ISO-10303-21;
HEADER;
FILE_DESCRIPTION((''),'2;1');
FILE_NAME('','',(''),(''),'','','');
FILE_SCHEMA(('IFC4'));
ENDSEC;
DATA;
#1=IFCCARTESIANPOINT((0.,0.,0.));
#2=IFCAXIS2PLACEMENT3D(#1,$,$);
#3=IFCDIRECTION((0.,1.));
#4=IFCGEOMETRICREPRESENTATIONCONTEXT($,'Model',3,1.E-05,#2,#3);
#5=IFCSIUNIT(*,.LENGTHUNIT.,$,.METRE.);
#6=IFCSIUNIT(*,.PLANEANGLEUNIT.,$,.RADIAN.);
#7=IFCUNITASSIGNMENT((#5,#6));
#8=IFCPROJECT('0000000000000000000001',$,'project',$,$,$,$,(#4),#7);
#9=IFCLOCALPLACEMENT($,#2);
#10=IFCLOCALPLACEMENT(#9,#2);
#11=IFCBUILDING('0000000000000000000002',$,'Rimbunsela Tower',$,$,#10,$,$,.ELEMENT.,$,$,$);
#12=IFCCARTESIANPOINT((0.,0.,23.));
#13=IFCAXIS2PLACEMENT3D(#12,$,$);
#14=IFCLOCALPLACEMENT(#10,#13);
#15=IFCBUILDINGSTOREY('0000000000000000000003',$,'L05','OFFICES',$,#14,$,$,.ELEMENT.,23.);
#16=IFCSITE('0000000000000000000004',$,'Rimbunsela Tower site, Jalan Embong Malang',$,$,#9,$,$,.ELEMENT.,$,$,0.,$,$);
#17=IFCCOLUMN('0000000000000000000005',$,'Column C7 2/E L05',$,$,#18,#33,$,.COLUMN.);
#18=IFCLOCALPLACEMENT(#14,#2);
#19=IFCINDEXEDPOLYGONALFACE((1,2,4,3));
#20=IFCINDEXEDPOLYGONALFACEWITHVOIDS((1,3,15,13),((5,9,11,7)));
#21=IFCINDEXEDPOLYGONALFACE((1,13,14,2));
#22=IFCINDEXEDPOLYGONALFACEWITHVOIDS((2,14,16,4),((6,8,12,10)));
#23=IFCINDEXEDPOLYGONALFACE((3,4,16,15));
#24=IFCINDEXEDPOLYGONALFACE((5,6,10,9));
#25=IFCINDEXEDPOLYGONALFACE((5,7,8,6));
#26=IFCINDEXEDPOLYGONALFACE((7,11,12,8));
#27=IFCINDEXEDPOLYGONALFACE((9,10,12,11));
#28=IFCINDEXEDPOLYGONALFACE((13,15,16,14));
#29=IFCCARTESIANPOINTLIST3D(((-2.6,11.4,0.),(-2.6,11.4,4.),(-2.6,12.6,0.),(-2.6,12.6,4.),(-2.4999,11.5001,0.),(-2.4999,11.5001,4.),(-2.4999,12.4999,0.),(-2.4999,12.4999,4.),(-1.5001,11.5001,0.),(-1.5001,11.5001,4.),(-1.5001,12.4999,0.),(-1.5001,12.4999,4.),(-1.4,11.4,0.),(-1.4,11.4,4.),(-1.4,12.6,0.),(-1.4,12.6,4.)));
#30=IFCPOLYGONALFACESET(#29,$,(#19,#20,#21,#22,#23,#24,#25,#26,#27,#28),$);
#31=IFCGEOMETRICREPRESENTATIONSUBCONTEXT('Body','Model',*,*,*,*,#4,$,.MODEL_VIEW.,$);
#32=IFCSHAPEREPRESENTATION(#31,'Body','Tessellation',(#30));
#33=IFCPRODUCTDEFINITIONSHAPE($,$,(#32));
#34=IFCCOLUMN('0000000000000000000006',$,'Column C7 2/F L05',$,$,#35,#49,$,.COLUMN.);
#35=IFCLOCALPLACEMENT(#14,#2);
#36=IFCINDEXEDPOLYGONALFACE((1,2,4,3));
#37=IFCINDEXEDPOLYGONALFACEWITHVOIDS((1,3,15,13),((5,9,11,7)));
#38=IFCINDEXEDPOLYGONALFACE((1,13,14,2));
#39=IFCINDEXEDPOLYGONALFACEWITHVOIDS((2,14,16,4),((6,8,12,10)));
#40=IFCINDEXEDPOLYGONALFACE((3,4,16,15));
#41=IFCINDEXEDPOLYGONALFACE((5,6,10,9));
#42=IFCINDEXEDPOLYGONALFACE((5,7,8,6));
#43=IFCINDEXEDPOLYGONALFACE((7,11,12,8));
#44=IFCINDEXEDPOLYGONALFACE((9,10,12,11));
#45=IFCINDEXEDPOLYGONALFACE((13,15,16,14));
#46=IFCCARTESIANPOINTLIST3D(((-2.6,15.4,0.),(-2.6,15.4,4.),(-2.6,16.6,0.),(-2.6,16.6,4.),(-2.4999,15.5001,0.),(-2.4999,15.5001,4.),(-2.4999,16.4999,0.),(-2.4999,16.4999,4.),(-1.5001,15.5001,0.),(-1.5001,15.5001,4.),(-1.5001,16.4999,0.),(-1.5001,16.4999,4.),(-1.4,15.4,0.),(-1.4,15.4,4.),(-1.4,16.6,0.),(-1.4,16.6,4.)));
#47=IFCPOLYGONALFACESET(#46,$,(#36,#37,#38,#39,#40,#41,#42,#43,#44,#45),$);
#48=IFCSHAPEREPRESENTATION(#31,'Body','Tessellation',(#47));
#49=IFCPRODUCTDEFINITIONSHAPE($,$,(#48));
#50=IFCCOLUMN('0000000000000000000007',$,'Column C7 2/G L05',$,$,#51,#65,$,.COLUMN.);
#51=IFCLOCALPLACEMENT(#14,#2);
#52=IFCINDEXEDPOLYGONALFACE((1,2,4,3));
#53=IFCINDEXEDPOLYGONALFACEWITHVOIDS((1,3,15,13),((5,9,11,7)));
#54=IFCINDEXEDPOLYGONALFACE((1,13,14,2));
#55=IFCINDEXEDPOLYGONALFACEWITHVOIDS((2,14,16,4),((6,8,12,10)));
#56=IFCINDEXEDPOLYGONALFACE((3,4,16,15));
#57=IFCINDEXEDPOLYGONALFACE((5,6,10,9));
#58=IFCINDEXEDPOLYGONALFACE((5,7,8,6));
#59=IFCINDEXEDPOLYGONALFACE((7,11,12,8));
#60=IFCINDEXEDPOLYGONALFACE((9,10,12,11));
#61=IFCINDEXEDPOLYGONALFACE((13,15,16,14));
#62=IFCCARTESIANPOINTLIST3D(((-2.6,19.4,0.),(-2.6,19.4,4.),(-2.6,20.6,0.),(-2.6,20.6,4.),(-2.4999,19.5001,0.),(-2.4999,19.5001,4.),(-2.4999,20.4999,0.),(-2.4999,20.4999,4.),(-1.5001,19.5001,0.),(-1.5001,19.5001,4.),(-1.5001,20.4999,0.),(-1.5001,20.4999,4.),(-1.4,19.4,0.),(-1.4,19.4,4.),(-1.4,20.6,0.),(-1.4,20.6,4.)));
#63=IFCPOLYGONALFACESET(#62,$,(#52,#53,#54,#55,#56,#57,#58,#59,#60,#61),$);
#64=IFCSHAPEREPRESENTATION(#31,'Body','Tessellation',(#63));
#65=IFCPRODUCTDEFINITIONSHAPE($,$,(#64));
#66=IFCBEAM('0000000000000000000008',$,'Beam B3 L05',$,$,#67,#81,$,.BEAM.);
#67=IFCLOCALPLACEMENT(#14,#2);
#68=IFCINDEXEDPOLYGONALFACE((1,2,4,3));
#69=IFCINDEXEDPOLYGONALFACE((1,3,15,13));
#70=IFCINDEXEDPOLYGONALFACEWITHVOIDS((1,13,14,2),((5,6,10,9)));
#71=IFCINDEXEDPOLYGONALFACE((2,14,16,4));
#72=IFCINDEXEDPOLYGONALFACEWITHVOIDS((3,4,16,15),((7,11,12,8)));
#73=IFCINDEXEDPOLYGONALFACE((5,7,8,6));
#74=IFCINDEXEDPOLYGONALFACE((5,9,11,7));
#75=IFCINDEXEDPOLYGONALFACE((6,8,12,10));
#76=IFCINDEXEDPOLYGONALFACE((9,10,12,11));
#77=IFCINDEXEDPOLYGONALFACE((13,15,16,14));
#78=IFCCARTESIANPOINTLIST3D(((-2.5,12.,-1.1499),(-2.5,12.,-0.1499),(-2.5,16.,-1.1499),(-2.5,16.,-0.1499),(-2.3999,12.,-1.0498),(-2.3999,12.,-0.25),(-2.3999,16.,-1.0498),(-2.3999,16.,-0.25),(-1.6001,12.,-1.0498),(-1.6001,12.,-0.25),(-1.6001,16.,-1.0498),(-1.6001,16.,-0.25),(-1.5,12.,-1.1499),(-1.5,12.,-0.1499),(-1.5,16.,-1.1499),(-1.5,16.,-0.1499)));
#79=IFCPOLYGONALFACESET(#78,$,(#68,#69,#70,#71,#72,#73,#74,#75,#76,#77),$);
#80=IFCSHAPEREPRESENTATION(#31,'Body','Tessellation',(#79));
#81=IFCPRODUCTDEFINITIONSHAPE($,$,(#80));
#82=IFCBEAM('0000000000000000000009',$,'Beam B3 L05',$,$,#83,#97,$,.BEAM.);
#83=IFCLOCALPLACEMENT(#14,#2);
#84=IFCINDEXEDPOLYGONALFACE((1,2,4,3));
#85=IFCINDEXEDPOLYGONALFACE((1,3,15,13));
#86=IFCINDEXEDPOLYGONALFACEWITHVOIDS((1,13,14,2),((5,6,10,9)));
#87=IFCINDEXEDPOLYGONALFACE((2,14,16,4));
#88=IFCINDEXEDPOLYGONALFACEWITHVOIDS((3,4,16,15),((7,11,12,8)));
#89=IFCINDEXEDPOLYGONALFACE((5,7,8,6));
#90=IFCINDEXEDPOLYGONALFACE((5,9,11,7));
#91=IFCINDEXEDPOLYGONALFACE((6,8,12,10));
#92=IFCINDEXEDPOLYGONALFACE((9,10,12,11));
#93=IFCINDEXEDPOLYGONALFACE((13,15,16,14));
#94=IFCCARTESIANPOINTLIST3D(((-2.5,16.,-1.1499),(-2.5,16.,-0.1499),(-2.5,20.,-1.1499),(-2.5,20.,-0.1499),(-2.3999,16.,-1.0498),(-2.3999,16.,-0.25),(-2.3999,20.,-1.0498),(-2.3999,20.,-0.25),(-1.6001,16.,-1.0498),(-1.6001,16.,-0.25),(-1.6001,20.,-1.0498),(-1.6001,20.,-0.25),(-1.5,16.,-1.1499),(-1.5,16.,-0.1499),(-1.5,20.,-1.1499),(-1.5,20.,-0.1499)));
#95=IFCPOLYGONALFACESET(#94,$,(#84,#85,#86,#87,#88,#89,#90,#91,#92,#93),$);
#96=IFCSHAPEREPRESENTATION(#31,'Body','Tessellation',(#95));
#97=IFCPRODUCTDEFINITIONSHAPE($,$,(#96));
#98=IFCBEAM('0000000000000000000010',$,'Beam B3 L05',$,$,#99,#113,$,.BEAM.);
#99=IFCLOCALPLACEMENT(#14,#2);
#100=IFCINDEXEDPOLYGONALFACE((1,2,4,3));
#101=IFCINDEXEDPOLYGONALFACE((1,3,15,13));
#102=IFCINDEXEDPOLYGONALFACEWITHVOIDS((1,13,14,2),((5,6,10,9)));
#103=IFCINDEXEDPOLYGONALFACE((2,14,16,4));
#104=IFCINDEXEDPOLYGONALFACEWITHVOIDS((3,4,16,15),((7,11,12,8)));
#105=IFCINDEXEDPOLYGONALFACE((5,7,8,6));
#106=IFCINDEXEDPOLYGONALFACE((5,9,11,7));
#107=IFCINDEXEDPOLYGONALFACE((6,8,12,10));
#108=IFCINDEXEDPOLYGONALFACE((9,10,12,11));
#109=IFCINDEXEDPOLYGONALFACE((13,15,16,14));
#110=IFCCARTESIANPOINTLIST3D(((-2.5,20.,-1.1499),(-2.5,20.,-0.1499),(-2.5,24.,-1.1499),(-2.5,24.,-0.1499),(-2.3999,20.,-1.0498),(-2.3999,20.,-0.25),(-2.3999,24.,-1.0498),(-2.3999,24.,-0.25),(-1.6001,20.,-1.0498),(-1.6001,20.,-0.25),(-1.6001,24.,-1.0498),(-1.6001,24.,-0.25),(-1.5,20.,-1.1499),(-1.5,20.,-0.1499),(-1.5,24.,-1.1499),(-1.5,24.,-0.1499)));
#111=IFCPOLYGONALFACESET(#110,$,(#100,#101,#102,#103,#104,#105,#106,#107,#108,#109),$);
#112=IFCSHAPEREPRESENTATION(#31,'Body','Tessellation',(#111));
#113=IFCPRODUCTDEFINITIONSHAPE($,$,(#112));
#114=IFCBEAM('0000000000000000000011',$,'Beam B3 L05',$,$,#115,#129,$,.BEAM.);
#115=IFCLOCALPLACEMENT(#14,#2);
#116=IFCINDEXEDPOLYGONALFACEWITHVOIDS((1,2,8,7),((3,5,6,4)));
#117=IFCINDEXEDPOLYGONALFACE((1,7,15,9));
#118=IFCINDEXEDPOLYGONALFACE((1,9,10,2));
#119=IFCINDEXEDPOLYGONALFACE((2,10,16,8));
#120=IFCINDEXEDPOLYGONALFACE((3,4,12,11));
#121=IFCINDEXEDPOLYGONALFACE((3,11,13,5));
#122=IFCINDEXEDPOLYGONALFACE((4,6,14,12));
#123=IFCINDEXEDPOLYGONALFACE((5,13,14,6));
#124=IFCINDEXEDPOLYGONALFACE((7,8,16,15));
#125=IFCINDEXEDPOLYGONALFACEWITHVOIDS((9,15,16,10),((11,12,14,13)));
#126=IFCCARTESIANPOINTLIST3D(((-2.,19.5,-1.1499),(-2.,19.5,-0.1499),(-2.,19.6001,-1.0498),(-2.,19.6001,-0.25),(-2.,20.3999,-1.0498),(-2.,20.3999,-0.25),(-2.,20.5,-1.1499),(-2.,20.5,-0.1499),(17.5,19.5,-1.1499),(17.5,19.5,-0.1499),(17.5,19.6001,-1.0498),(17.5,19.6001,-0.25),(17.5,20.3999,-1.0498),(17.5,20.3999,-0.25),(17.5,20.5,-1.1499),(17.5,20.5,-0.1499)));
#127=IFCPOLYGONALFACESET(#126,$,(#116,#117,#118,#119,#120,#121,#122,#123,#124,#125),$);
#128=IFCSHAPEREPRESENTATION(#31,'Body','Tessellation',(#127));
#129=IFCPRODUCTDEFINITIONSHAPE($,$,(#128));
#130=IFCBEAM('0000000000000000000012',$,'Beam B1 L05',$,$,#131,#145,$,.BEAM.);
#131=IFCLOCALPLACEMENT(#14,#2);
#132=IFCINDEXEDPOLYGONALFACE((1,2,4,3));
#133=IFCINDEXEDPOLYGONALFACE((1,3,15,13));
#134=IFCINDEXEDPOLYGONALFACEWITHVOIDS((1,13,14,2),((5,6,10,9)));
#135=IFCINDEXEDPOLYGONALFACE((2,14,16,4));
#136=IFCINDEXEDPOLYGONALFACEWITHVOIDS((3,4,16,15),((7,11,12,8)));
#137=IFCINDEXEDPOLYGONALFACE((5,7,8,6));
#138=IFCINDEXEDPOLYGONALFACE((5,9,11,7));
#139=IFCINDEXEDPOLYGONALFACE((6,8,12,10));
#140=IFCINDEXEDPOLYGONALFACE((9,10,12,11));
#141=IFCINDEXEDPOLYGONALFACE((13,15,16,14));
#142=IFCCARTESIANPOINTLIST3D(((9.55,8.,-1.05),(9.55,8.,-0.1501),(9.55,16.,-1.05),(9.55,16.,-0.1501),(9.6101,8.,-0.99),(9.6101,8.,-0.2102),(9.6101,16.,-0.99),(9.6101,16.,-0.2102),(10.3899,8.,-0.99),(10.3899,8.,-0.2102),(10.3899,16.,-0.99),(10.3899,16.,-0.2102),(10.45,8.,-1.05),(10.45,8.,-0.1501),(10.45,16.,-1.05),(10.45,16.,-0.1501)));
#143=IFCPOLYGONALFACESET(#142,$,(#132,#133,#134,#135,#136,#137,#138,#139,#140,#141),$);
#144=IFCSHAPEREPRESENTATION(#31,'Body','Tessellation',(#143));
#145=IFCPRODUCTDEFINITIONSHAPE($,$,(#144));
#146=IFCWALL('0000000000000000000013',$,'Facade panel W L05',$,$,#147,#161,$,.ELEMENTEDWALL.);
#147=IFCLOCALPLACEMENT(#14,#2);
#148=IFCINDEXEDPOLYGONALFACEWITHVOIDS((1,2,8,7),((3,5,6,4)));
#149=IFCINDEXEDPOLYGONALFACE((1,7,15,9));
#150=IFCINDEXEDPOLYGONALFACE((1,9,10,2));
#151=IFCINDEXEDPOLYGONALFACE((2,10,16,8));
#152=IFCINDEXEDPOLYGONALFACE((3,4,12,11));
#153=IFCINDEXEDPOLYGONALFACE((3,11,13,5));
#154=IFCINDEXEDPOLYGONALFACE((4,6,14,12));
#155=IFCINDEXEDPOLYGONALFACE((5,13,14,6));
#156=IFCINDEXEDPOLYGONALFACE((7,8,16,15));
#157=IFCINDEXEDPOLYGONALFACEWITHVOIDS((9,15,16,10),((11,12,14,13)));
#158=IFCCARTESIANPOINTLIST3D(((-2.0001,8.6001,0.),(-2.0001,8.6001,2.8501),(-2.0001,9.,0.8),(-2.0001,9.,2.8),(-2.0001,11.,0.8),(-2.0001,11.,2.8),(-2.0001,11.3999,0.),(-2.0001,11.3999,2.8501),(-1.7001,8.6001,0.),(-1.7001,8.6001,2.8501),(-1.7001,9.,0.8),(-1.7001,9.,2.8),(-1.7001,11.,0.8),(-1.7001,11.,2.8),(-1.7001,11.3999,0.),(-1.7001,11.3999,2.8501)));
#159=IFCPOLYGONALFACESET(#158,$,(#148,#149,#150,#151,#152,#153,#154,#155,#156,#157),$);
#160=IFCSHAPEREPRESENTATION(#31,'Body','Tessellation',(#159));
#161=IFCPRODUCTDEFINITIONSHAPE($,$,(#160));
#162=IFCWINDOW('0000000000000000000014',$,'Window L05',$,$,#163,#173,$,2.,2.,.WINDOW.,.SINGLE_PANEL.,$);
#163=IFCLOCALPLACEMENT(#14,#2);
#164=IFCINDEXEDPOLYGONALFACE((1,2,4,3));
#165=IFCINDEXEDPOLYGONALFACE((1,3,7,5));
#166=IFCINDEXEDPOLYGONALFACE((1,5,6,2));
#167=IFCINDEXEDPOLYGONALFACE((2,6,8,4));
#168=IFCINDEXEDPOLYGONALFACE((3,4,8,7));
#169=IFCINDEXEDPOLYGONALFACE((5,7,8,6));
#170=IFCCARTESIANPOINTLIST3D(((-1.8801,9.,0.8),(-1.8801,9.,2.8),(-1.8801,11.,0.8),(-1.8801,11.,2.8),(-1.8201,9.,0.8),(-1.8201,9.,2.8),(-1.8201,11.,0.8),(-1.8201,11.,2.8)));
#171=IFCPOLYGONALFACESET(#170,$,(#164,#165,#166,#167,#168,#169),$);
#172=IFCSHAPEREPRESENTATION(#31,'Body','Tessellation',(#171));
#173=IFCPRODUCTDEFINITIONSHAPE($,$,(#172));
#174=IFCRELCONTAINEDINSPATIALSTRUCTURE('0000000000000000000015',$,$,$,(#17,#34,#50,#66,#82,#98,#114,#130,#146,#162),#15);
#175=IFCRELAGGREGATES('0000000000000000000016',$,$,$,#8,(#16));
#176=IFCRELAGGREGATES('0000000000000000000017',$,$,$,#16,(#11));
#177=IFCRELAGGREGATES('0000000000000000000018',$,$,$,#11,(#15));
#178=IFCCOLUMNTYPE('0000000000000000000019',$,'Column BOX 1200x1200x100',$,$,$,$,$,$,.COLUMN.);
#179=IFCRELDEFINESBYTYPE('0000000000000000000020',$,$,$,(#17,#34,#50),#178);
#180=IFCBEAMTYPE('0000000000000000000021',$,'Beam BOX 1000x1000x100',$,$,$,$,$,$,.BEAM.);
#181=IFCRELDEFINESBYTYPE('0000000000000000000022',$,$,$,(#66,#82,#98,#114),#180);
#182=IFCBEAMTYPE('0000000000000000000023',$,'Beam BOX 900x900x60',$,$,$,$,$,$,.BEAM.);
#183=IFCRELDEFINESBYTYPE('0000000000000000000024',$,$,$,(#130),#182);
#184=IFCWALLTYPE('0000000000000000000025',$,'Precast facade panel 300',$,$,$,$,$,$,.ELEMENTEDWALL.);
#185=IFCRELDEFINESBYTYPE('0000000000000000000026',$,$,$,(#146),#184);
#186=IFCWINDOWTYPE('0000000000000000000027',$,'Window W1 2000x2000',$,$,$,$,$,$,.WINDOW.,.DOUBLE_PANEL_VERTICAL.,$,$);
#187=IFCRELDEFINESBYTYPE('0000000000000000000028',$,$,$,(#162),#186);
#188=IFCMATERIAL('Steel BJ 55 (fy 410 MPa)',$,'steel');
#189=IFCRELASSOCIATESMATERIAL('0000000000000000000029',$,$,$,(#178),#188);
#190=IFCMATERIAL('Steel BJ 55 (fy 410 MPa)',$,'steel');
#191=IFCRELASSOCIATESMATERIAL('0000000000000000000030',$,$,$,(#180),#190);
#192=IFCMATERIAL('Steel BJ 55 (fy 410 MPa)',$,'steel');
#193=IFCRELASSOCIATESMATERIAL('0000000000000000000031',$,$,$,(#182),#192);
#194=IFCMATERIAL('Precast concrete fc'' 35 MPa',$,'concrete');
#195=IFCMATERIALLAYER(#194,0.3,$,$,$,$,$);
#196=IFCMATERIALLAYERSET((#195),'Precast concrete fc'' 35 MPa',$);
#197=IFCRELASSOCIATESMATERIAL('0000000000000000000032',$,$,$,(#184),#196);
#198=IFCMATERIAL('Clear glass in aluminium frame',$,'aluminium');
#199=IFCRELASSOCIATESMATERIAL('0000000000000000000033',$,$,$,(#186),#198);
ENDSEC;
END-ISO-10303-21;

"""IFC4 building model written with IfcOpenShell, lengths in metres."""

from ifc_helpers import new_model, si_unit, direction, frame, frame_2d, origin, origin_2d, place, context, subcontext, project, spatial, rectangle, hollow_rectangle, extrude, material, layer, layer_set, material_profile, profile_set, type_object, element, fill, save


model = new_model("IFC4")

# Units and contexts
model_context = context("Model", 3, precision=1e-05, world=origin(), true_north=direction((0.0, 1.0)))
body_context = subcontext(model_context, "Body", "Model", "MODEL_VIEW")
ifc_project = project(units=[si_unit("LENGTHUNIT", "METRE"), si_unit("PLANEANGLEUNIT", "RADIAN")], contexts=[model_context])

# Site, building, storey
site_placement = place(None, origin())
site = spatial("IfcSite", under=ifc_project, at=site_placement, Name="Rimbunsela Tower site, Jalan Embong Malang", CompositionType="ELEMENT", RefElevation=0.0)
building_placement = place(site_placement, origin())
building = spatial("IfcBuilding", under=site, at=building_placement, Name="Rimbunsela Tower", CompositionType="ELEMENT")
storey_placement = place(building_placement, frame((0.0, 0.0, 23.0)))
storey = spatial("IfcBuildingStorey", under=building, at=storey_placement, Name="L05", Description="OFFICES", CompositionType="ELEMENT", Elevation=23.0)

# Columns
ifc_material_1 = material(Name="Steel BJ 55 (fy 410 MPa)", Category="steel")
ifc_material_profile_1 = material_profile(ifc_material_1, hollow_rectangle(XDim=1.2, YDim=1.2, WallThickness=0.1001, at=origin_2d()), Name="BOX 1200x1200x100")
ifc_profile_set_1 = profile_set([ifc_material_profile_1], Name="Steel BJ 55 (fy 410 MPa)")
column_type = type_object("IfcColumnType", Name="Column BOX 1200x1200x100", PredefinedType="COLUMN", material=ifc_profile_set_1)
for number, where, z_axis, x_axis, name in (
    (1, (-2.0, 12.0, 0.0), (0.0, 0.0, 1.0), (1.0, 0.0, 0.0), "Column C7 2/E L05"),
    (2, (-2.0, 16.0, 0.0), (0.0, 0.0, 1.0), (1.0, 0.0, 0.0), "Column C7 2/F L05"),
    (3, (-2.0, 20.0, 0.0), (0.0, 0.0, 1.0), (1.0, 0.0, 0.0), "Column C7 2/G L05"),
):
    element("IfcColumn", number, at=place(storey_placement, frame(where, z_axis=z_axis, x_axis=x_axis)), inside=storey, type_object=column_type, Name=name, PredefinedType="COLUMN", context=body_context, shape_type="SweptSolid", body=[
        extrude(hollow_rectangle(XDim=1.2, YDim=1.2, WallThickness=0.1001, at=origin_2d()), origin(), (0.0, 0.0, 1.0), 4.0),
    ])

# Beams
ifc_material_2 = material(Name="Steel BJ 55 (fy 410 MPa)", Category="steel")
ifc_material_profile_2 = material_profile(ifc_material_2, hollow_rectangle(XDim=1.0, YDim=1.0, WallThickness=0.1001, at=origin_2d()), Name="BOX 1000x1000x100")
ifc_profile_set_2 = profile_set([ifc_material_profile_2], Name="Steel BJ 55 (fy 410 MPa)")
beam_type_1 = type_object("IfcBeamType", Name="Beam BOX 1000x1000x100", PredefinedType="BEAM", material=ifc_profile_set_2)
for number, where, z_axis, x_axis, name in (
    (4, (-2.0, 12.0, -0.6499), (0.0, 1.0, 0.0), (-1.0, 0.0, 0.0), "Beam B3 L05"),
    (5, (-2.0, 16.0, -0.6499), (0.0, 1.0, 0.0), (-1.0, 0.0, 0.0), "Beam B3 L05"),
    (6, (-2.0, 20.0, -0.6499), (0.0, 1.0, 0.0), (-1.0, 0.0, 0.0), "Beam B3 L05"),
):
    element("IfcBeam", number, at=place(storey_placement, frame(where, z_axis=z_axis, x_axis=x_axis)), inside=storey, type_object=beam_type_1, Name=name, PredefinedType="BEAM", context=body_context, shape_type="SweptSolid", body=[
        extrude(hollow_rectangle(XDim=1.0, YDim=1.0, WallThickness=0.1001, at=origin_2d()), origin(), (0.0, 0.0, 1.0), 4.0),
    ])
beam_1_placement = place(storey_placement, frame((-2.0, 20.0, -0.6499), z_axis=(1.0, 0.0, 0.0), x_axis=(0.0, 1.0, 0.0)))
element("IfcBeam", 7, at=beam_1_placement, inside=storey, type_object=beam_type_1, Name="Beam B3 L05", PredefinedType="BEAM", context=body_context, shape_type="SweptSolid", body=[
    extrude(hollow_rectangle(XDim=1.0, YDim=1.0, WallThickness=0.1001, at=origin_2d()), origin(), (0.0, 0.0, 1.0), 19.5),
])
ifc_material_3 = material(Name="Steel BJ 55 (fy 410 MPa)", Category="steel")
ifc_material_profile_3 = material_profile(ifc_material_3, hollow_rectangle(XDim=0.8999, YDim=0.8999, WallThickness=0.0601, at=origin_2d()), Name="BOX 900x900x60")
ifc_profile_set_3 = profile_set([ifc_material_profile_3], Name="Steel BJ 55 (fy 410 MPa)")
beam_type_2 = type_object("IfcBeamType", Name="Beam BOX 900x900x60", PredefinedType="BEAM", material=ifc_profile_set_3)
beam_2_placement = place(storey_placement, frame((10.0, 8.0, -0.6001), z_axis=(0.0, 1.0, 0.0), x_axis=(-1.0, 0.0, 0.0)))
element("IfcBeam", 8, at=beam_2_placement, inside=storey, type_object=beam_type_2, Name="Beam B1 L05", PredefinedType="BEAM", context=body_context, shape_type="SweptSolid", body=[
    extrude(hollow_rectangle(XDim=0.8999, YDim=0.8999, WallThickness=0.0601, at=origin_2d()), origin(), (0.0, 0.0, 1.0), 8.0),
])

# Wall, opening, window
ifc_material_4 = material(Name="Precast concrete fc' 35 MPa", Category="concrete")
ifc_layer_1 = layer(ifc_material_4, 0.3)
ifc_layer_set_1 = layer_set([ifc_layer_1], Name="Precast concrete fc' 35 MPa")
wall_type = type_object("IfcWallType", Name="Precast facade panel 300", PredefinedType="ELEMENTEDWALL", material=ifc_layer_set_1)
wall_1_placement = place(storey_placement, frame((-1.8501, 11.3999, 0.0), z_axis=(0.0, 0.0, 1.0), x_axis=(0.0, -1.0, 0.0)))
wall_1 = element("IfcWall", 9, at=wall_1_placement, inside=storey, type_object=wall_type, Name="Facade panel W L05", PredefinedType="ELEMENTEDWALL", context=body_context, shape_type="SweptSolid", body=[
    extrude(rectangle(XDim=2.7998, YDim=0.3, at=frame_2d((1.3999, 0.0))), origin(), (0.0, 0.0, 1.0), 2.8501),
])
opening_1_placement = place(wall_1_placement, frame((0.3999, 0.0, 0.8)))
opening_1 = element("IfcOpeningElement", 10, at=opening_1_placement, cuts=wall_1, PredefinedType="OPENING", context=body_context, shape_type="SweptSolid", body=[
    extrude(rectangle(XDim=2.0, YDim=2.0, at=frame_2d((1.0, 1.0))), frame((0.0, 0.1599, 0.0), z_axis=(0.0, -1.0, 0.0), x_axis=(1.0, 0.0, 0.0)), (0.0, 0.0, 1.0), 0.3201),
])
ifc_material_5 = material(Name="Clear glass in aluminium frame", Category="aluminium")
window_type = type_object("IfcWindowType", Name="Window W1 2000x2000", PartitioningType="DOUBLE_PANEL_VERTICAL", PredefinedType="WINDOW", material=ifc_material_5)
window_1_placement = place(opening_1_placement, origin())
window_1 = element("IfcWindow", 11, at=window_1_placement, inside=storey, type_object=window_type, Name="Window L05", OverallHeight=2.0, OverallWidth=2.0, PartitioningType="SINGLE_PANEL", PredefinedType="WINDOW", context=body_context, shape_type="SweptSolid", body=[
    extrude(rectangle(XDim=2.0, YDim=2.0, at=frame_2d((1.0, 1.0))), frame((0.0, 0.03, 0.0), z_axis=(0.0, -1.0, 0.0), x_axis=(1.0, 0.0, 0.0)), (0.0, 0.0, 1.0), 0.0601),
])
fill(opening_1, window_1)

save(model, "model.ifc")
